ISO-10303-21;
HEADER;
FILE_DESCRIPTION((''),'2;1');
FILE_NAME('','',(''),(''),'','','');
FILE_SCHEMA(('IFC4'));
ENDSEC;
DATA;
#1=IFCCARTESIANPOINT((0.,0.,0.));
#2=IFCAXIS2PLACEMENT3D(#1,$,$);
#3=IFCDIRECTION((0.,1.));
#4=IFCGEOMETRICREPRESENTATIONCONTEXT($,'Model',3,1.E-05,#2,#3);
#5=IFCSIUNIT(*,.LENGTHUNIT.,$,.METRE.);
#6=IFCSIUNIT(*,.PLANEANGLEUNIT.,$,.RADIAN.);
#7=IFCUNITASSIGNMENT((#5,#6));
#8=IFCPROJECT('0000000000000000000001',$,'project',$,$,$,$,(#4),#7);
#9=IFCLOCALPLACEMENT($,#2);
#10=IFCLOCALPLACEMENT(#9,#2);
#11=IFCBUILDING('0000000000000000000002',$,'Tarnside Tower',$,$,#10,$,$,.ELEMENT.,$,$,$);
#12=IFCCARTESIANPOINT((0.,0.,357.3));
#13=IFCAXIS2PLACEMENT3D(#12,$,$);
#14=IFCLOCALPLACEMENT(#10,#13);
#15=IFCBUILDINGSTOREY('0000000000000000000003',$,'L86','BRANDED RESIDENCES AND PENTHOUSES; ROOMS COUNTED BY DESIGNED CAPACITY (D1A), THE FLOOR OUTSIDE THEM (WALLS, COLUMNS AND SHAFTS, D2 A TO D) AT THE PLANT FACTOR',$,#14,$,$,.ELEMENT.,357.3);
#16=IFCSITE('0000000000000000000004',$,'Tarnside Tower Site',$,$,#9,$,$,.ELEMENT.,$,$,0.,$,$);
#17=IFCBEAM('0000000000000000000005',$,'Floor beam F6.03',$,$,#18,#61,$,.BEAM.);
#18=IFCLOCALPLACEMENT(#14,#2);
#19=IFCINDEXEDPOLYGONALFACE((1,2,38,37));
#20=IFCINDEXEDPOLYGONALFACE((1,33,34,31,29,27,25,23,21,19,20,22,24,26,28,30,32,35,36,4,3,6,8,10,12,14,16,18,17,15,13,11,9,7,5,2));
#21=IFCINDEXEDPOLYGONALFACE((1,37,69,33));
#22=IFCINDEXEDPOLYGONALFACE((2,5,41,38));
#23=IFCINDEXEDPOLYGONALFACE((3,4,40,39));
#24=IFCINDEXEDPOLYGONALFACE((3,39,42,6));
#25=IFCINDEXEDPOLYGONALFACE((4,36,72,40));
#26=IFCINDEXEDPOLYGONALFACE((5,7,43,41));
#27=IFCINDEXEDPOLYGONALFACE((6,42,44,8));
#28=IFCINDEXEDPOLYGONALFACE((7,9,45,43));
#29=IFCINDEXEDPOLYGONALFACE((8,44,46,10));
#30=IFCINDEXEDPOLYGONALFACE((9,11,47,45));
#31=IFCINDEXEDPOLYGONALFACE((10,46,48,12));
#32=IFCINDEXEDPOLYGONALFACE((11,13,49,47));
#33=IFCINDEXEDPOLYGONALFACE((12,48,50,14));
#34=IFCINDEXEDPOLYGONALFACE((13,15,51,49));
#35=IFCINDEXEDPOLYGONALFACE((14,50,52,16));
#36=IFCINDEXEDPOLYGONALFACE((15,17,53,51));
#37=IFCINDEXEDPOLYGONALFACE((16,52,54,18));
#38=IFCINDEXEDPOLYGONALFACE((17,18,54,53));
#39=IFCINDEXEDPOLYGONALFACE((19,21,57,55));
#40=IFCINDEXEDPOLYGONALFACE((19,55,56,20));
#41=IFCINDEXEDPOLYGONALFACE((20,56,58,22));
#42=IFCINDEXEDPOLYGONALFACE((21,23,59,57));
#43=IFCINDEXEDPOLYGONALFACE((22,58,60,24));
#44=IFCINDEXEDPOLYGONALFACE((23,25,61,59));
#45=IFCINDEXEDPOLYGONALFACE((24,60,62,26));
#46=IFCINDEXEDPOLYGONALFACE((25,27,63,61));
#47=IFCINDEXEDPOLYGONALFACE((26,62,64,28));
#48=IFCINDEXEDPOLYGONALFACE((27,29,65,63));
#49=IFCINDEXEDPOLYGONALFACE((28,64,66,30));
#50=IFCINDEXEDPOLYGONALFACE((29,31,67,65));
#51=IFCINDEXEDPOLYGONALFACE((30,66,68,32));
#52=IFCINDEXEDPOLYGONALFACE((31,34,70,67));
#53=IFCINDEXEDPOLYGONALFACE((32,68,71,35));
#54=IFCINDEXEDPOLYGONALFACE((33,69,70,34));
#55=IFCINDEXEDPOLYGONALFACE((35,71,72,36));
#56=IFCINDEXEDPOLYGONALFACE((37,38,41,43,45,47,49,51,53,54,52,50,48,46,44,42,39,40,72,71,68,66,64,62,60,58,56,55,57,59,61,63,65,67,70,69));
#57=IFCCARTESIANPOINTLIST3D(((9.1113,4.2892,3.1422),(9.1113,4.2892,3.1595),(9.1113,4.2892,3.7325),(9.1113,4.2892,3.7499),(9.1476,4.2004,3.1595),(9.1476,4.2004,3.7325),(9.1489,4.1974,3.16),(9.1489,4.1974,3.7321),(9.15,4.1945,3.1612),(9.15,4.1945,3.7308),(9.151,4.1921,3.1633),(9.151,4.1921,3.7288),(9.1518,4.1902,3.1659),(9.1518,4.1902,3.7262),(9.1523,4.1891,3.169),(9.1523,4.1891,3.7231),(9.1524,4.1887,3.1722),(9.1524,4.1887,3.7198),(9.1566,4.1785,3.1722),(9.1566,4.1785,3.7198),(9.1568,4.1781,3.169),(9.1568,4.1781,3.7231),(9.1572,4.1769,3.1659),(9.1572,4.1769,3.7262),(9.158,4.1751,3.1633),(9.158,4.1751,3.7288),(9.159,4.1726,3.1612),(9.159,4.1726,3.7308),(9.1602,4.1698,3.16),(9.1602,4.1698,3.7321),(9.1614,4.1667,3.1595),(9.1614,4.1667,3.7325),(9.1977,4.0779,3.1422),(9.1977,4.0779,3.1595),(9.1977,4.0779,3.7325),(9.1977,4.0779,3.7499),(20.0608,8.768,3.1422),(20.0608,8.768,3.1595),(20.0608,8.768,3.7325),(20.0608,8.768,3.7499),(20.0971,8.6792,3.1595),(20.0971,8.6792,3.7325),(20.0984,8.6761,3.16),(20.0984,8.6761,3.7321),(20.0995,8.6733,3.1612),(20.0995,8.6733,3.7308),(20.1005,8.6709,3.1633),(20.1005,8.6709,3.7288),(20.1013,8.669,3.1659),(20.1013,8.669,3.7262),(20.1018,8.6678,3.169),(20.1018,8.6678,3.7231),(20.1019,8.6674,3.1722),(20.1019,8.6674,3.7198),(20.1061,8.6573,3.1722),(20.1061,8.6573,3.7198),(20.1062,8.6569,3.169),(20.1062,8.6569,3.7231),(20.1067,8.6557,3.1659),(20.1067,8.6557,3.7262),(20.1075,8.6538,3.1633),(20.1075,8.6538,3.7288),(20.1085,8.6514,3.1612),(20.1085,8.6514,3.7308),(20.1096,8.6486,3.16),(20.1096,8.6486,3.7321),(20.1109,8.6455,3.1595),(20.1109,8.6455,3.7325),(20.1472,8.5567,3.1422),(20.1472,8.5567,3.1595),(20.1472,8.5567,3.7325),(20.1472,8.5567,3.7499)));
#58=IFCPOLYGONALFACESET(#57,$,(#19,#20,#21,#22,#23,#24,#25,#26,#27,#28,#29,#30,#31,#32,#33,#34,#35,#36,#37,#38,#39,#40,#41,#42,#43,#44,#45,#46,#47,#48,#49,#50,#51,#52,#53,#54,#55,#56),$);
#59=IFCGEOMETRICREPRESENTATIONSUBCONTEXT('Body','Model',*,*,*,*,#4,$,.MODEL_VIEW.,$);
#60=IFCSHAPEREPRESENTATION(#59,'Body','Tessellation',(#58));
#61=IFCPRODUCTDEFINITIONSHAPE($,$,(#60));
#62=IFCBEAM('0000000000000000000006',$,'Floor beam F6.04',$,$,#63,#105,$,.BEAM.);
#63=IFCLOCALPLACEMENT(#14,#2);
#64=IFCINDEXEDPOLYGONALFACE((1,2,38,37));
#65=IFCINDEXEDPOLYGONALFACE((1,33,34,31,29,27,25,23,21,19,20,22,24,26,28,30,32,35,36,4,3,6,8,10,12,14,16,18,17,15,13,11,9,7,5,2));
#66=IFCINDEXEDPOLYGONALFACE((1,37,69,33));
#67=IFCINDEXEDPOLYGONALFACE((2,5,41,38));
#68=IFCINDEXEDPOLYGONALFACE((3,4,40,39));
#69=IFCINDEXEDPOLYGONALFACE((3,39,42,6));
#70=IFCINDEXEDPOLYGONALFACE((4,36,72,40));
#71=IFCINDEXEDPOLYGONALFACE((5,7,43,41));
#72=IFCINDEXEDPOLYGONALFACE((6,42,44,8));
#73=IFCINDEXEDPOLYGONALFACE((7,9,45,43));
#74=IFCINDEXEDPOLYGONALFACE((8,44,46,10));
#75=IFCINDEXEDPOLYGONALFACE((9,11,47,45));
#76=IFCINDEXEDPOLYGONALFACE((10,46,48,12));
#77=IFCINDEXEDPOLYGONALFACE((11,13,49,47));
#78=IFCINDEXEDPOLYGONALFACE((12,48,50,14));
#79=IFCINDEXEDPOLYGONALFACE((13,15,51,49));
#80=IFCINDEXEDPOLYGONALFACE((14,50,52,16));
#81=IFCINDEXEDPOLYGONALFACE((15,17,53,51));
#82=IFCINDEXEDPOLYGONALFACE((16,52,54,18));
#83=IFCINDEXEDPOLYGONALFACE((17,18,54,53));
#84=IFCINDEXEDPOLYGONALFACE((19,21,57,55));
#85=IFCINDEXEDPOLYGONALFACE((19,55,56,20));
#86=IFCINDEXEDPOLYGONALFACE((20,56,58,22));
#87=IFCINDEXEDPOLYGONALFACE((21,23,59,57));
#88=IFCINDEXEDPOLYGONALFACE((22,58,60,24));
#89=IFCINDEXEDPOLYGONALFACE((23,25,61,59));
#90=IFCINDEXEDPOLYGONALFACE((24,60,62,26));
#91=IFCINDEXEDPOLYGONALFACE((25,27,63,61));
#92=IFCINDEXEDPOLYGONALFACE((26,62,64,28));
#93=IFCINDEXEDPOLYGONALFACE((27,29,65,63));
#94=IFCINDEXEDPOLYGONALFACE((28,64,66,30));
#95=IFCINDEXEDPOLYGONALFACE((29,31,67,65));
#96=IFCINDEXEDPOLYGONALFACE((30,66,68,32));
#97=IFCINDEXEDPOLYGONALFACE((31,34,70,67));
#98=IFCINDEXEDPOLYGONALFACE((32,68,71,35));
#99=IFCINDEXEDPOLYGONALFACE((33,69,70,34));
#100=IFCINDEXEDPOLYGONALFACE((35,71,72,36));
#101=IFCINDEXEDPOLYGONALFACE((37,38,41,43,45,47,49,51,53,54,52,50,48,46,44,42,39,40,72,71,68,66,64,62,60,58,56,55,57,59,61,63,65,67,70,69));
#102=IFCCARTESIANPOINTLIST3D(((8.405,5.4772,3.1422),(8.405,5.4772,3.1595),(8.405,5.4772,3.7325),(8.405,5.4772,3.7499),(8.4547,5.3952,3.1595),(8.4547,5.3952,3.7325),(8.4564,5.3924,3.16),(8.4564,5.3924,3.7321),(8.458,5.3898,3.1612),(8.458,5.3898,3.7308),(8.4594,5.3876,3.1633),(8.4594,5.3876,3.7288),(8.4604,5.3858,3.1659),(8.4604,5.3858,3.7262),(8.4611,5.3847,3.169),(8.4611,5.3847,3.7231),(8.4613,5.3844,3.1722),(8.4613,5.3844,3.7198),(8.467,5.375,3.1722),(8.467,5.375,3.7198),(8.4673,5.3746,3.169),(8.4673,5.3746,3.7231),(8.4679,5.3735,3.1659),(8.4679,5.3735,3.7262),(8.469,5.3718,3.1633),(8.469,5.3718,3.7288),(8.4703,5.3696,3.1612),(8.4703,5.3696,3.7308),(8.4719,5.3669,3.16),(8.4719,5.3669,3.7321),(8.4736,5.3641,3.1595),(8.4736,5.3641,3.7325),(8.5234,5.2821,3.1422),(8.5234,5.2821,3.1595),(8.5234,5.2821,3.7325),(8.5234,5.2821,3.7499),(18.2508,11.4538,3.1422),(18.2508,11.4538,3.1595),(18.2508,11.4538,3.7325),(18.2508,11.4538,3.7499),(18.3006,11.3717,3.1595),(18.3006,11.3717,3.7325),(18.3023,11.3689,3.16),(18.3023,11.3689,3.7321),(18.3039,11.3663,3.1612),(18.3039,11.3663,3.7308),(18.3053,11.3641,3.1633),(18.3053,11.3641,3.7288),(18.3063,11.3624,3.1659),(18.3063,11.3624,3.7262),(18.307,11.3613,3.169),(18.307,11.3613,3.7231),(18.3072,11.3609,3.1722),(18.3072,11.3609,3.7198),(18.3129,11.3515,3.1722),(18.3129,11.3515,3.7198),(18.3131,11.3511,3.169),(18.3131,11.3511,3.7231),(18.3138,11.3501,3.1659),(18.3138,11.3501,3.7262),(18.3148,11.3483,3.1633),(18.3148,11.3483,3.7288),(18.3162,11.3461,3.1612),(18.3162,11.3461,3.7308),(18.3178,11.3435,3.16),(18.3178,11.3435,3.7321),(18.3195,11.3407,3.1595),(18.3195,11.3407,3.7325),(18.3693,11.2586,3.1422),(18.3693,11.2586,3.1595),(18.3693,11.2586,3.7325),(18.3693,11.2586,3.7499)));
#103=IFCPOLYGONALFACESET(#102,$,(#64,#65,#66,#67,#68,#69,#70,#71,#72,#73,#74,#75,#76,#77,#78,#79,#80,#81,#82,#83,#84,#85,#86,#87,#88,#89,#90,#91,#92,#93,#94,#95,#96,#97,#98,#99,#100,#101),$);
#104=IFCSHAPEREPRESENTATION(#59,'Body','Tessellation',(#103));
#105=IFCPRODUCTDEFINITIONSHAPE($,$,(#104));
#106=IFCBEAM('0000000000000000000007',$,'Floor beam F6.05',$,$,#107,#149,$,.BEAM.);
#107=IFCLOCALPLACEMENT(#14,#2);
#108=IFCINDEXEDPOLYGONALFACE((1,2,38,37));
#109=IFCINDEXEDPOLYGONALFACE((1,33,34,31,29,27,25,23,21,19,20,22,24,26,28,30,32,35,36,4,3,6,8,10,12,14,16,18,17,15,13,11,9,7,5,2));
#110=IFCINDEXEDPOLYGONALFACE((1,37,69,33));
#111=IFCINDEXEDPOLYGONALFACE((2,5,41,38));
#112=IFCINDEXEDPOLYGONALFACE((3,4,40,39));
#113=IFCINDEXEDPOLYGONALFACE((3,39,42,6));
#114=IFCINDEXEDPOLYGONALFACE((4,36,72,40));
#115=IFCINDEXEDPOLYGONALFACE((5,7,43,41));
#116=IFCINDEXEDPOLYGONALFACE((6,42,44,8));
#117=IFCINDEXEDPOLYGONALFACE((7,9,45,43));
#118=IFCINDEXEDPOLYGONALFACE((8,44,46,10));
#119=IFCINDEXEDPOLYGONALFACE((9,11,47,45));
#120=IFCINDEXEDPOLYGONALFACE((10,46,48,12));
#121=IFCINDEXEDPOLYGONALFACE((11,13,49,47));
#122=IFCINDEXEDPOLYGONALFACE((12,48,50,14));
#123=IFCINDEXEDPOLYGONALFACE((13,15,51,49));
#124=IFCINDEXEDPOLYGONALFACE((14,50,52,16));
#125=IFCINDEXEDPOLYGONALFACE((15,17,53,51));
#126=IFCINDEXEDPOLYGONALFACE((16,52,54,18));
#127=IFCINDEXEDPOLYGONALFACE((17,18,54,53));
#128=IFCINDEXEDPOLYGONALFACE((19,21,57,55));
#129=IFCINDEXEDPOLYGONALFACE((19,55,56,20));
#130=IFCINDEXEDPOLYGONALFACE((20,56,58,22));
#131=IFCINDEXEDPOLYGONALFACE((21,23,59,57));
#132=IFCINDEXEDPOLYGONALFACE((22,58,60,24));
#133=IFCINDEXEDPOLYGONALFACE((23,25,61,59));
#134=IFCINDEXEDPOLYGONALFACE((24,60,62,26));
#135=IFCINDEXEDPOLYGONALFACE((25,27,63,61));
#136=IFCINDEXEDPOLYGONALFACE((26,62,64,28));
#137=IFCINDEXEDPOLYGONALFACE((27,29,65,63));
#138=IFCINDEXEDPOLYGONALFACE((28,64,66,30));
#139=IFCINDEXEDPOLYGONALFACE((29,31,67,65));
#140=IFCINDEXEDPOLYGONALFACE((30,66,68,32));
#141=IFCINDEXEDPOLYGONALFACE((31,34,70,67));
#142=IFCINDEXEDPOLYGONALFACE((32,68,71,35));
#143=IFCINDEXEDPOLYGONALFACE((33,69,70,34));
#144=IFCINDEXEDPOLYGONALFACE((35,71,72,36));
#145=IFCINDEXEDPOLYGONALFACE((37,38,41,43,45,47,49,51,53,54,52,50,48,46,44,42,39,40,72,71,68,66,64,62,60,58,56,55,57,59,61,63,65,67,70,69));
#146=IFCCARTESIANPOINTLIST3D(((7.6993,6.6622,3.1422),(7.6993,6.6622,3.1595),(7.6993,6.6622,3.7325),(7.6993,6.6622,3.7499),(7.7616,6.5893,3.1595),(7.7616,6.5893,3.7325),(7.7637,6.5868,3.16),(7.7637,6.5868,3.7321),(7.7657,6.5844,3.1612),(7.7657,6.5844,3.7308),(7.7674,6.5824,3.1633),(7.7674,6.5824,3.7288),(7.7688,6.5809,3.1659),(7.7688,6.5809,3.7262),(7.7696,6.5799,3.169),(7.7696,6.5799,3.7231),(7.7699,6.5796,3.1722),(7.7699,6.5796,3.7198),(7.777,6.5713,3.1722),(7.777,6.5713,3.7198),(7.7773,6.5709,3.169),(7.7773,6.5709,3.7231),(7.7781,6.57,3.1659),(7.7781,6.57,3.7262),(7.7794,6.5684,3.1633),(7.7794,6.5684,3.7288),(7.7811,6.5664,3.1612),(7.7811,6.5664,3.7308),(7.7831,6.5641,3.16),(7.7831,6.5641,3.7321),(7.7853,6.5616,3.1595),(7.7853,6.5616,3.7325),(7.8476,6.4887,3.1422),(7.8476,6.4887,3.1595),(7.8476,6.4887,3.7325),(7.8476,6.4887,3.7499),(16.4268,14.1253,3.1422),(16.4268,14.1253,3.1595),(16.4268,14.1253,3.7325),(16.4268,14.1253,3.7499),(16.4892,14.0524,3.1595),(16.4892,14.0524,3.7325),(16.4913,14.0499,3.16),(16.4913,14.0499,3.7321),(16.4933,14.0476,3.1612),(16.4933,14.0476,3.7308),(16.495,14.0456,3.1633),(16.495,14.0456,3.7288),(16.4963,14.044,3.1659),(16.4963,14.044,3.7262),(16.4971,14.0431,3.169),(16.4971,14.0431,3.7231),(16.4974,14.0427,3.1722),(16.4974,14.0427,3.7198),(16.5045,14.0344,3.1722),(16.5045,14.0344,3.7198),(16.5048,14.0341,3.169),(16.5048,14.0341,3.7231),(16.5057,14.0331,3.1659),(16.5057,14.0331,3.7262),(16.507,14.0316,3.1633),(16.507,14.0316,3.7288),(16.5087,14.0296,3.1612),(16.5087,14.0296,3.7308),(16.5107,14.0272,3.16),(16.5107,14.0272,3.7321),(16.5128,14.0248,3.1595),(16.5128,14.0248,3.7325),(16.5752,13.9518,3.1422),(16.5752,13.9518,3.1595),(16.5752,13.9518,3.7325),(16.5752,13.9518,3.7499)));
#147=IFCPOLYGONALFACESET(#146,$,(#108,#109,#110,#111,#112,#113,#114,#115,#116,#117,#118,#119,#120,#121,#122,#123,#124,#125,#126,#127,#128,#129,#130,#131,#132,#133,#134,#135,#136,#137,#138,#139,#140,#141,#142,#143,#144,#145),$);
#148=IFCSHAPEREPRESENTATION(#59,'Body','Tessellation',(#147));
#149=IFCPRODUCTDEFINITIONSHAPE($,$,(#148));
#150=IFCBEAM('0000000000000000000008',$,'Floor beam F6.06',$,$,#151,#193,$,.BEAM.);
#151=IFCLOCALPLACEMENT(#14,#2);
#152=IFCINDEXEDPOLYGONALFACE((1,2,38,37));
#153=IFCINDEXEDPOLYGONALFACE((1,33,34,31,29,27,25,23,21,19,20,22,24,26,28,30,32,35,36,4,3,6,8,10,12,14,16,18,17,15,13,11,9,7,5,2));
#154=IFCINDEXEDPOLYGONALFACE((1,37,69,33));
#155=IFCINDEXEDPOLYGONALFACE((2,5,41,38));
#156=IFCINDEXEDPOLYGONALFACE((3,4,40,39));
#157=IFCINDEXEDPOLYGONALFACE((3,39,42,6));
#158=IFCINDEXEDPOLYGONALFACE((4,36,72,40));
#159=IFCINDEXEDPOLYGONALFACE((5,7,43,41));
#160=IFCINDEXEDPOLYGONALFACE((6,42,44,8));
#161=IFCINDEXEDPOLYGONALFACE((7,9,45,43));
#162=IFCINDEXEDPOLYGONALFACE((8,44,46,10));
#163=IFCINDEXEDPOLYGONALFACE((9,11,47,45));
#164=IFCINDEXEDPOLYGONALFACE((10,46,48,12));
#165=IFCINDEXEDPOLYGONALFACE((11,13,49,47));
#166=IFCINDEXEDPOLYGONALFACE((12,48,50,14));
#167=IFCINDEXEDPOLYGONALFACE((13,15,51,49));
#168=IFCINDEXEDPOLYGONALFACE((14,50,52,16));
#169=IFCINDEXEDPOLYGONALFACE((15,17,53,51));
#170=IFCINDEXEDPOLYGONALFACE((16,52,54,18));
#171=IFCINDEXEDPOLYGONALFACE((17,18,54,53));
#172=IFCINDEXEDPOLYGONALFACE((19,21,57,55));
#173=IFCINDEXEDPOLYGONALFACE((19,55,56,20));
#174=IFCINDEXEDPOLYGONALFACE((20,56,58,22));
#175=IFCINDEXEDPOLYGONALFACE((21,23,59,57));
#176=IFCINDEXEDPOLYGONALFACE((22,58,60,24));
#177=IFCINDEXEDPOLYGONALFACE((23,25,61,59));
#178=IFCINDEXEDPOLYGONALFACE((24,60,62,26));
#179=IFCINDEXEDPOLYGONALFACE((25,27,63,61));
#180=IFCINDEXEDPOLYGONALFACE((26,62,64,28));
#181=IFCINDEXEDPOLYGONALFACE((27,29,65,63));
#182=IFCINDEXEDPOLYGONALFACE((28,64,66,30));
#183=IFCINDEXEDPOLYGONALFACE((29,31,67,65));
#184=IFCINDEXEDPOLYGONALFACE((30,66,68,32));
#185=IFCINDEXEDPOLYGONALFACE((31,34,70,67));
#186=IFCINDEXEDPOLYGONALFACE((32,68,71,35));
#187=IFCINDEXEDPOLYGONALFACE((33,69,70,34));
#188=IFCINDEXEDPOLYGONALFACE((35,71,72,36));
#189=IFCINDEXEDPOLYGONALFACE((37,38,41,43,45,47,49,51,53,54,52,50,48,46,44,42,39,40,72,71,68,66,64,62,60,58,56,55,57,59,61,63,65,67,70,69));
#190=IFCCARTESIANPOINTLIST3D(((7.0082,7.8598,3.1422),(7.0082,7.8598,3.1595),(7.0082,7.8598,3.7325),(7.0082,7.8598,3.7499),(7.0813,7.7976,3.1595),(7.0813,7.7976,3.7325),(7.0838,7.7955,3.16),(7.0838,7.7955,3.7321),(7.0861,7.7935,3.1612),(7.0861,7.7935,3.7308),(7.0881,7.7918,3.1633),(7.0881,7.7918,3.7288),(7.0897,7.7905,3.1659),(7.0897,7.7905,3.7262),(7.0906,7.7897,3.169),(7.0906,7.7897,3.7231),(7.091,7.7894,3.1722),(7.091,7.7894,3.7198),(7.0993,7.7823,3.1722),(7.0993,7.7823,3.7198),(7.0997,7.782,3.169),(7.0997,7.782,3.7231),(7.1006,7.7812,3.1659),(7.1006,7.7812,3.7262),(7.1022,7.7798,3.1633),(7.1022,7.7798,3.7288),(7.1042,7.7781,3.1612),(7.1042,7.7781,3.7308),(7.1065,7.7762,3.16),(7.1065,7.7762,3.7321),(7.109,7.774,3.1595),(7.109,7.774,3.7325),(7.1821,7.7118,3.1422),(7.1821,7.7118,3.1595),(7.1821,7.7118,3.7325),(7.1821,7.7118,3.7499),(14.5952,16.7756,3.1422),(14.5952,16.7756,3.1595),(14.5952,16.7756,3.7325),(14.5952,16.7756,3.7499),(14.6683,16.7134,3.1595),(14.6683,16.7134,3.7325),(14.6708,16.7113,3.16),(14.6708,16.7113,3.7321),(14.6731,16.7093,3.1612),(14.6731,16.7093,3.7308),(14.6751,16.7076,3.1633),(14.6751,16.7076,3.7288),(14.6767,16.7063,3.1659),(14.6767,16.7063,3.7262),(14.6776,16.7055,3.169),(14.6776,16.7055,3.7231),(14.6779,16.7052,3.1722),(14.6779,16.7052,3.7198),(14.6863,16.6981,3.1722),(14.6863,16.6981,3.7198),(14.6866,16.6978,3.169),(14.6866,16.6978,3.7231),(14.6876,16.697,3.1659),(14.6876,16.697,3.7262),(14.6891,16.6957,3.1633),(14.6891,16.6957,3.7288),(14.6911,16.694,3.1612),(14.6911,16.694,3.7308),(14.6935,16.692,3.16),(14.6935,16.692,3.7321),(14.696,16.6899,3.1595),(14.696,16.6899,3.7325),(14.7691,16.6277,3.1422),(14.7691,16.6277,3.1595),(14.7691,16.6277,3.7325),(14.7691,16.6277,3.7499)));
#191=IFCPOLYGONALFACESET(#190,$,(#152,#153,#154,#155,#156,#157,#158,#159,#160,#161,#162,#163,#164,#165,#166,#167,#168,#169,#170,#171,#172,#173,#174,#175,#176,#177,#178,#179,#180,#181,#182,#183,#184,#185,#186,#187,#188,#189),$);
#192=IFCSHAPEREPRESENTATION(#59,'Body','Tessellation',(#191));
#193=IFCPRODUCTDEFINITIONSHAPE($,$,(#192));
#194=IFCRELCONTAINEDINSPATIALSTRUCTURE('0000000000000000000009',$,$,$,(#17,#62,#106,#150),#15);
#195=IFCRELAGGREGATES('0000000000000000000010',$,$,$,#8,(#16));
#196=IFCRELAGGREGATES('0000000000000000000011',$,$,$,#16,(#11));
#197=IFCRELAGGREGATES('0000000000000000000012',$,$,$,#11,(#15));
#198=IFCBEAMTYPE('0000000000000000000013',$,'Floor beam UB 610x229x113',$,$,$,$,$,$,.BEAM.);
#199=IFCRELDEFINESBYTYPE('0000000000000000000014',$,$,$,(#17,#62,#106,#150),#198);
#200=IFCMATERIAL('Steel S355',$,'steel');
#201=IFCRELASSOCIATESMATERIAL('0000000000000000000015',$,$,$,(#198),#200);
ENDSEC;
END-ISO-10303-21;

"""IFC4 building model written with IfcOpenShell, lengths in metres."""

from ifc_helpers import new_model, si_unit, direction, frame, origin, origin_2d, place, context, subcontext, project, spatial, i_section, extrude, material, material_profile, profile_set, type_object, element, save


model = new_model("IFC4")

# Units and contexts
model_context = context("Model", 3, precision=1e-05, world=origin(), true_north=direction((0.0, 1.0)))
body_context = subcontext(model_context, "Body", "Model", "MODEL_VIEW")
ifc_project = project(units=[si_unit("LENGTHUNIT", "METRE"), si_unit("PLANEANGLEUNIT", "RADIAN")], contexts=[model_context])

# Site, building, storey
site_placement = place(None, origin())
site = spatial("IfcSite", under=ifc_project, at=site_placement, Name="Tarnside Tower Site", CompositionType="ELEMENT", RefElevation=0.0)
building_placement = place(site_placement, origin())
building = spatial("IfcBuilding", under=site, at=building_placement, Name="Tarnside Tower", CompositionType="ELEMENT")
storey_placement = place(building_placement, frame((0.0, 0.0, 357.3)))
storey = spatial("IfcBuildingStorey", under=building, at=storey_placement, Name="L86", Description="BRANDED RESIDENCES AND PENTHOUSES; ROOMS COUNTED BY DESIGNED CAPACITY (D1A), THE FLOOR OUTSIDE THEM (WALLS, COLUMNS AND SHAFTS, D2 A TO D) AT THE PLANT FACTOR", CompositionType="ELEMENT", Elevation=357.3)

# Beams
ifc_material_1 = material(Name="Steel S355", Category="steel")
ifc_material_profile_1 = material_profile(ifc_material_1, i_section(OverallWidth=0.2283, OverallDepth=0.6077, WebThickness=0.011, FlangeThickness=0.0173, FilletRadius=0.0127, at=origin_2d()), Name="UB 610x229x113")
ifc_profile_set_1 = profile_set([ifc_material_profile_1], Name="Steel S355")
beam_type_1 = type_object("IfcBeamType", Name="Floor beam UB 610x229x113", PredefinedType="BEAM", material=ifc_profile_set_1)
beam_1_placement = place(storey_placement, frame((20.104, 8.6624, 3.446), z_axis=(-0.925564, -0.378592, 0.0), x_axis=(0.378592, -0.925564, 0.0)))
element("IfcBeam", 1, at=beam_1_placement, inside=storey, type_object=beam_type_1, Name="Floor beam F6.03", PredefinedType="BEAM", context=body_context, shape_type="SweptSolid", body=[
    extrude(i_section(OverallWidth=0.2283, OverallDepth=0.6077, WebThickness=0.011, FlangeThickness=0.0173, FilletRadius=0.0127, at=origin_2d()), origin(), (0.0, 0.0, 1.0), 11.8301),
])
beam_2_placement = place(storey_placement, frame((18.3101, 11.3562, 3.446), z_axis=(-0.854839, -0.518894, 0.0), x_axis=(0.518894, -0.854839, 0.0)))
element("IfcBeam", 2, at=beam_2_placement, inside=storey, type_object=beam_type_1, Name="Floor beam F6.04", PredefinedType="BEAM", context=body_context, shape_type="SweptSolid", body=[
    extrude(i_section(OverallWidth=0.2283, OverallDepth=0.6077, WebThickness=0.011, FlangeThickness=0.0173, FilletRadius=0.0127, at=origin_2d()), origin(), (0.0, 0.0, 1.0), 11.5178),
])
beam_3_placement = place(storey_placement, frame((16.501, 14.0386, 3.446), z_axis=(-0.760014, -0.649907, 0.0), x_axis=(0.649907, -0.760014, 0.0)))
element("IfcBeam", 3, at=beam_3_placement, inside=storey, type_object=beam_type_1, Name="Floor beam F6.05", PredefinedType="BEAM", context=body_context, shape_type="SweptSolid", body=[
    extrude(i_section(OverallWidth=0.2283, OverallDepth=0.6077, WebThickness=0.011, FlangeThickness=0.0173, FilletRadius=0.0127, at=origin_2d()), origin(), (0.0, 0.0, 1.0), 11.4834),
])
beam_4_placement = place(storey_placement, frame((14.6821, 16.7017, 3.446), z_axis=(-0.64807, -0.761581, 0.0), x_axis=(0.761581, -0.64807, 0.0)))
element("IfcBeam", 4, at=beam_4_placement, inside=storey, type_object=beam_type_1, Name="Floor beam F6.06", PredefinedType="BEAM", context=body_context, shape_type="SweptSolid", body=[
    extrude(i_section(OverallWidth=0.2283, OverallDepth=0.6077, WebThickness=0.011, FlangeThickness=0.0173, FilletRadius=0.0127, at=origin_2d()), origin(), (0.0, 0.0, 1.0), 11.707),
])

save(model, "model.ifc")
